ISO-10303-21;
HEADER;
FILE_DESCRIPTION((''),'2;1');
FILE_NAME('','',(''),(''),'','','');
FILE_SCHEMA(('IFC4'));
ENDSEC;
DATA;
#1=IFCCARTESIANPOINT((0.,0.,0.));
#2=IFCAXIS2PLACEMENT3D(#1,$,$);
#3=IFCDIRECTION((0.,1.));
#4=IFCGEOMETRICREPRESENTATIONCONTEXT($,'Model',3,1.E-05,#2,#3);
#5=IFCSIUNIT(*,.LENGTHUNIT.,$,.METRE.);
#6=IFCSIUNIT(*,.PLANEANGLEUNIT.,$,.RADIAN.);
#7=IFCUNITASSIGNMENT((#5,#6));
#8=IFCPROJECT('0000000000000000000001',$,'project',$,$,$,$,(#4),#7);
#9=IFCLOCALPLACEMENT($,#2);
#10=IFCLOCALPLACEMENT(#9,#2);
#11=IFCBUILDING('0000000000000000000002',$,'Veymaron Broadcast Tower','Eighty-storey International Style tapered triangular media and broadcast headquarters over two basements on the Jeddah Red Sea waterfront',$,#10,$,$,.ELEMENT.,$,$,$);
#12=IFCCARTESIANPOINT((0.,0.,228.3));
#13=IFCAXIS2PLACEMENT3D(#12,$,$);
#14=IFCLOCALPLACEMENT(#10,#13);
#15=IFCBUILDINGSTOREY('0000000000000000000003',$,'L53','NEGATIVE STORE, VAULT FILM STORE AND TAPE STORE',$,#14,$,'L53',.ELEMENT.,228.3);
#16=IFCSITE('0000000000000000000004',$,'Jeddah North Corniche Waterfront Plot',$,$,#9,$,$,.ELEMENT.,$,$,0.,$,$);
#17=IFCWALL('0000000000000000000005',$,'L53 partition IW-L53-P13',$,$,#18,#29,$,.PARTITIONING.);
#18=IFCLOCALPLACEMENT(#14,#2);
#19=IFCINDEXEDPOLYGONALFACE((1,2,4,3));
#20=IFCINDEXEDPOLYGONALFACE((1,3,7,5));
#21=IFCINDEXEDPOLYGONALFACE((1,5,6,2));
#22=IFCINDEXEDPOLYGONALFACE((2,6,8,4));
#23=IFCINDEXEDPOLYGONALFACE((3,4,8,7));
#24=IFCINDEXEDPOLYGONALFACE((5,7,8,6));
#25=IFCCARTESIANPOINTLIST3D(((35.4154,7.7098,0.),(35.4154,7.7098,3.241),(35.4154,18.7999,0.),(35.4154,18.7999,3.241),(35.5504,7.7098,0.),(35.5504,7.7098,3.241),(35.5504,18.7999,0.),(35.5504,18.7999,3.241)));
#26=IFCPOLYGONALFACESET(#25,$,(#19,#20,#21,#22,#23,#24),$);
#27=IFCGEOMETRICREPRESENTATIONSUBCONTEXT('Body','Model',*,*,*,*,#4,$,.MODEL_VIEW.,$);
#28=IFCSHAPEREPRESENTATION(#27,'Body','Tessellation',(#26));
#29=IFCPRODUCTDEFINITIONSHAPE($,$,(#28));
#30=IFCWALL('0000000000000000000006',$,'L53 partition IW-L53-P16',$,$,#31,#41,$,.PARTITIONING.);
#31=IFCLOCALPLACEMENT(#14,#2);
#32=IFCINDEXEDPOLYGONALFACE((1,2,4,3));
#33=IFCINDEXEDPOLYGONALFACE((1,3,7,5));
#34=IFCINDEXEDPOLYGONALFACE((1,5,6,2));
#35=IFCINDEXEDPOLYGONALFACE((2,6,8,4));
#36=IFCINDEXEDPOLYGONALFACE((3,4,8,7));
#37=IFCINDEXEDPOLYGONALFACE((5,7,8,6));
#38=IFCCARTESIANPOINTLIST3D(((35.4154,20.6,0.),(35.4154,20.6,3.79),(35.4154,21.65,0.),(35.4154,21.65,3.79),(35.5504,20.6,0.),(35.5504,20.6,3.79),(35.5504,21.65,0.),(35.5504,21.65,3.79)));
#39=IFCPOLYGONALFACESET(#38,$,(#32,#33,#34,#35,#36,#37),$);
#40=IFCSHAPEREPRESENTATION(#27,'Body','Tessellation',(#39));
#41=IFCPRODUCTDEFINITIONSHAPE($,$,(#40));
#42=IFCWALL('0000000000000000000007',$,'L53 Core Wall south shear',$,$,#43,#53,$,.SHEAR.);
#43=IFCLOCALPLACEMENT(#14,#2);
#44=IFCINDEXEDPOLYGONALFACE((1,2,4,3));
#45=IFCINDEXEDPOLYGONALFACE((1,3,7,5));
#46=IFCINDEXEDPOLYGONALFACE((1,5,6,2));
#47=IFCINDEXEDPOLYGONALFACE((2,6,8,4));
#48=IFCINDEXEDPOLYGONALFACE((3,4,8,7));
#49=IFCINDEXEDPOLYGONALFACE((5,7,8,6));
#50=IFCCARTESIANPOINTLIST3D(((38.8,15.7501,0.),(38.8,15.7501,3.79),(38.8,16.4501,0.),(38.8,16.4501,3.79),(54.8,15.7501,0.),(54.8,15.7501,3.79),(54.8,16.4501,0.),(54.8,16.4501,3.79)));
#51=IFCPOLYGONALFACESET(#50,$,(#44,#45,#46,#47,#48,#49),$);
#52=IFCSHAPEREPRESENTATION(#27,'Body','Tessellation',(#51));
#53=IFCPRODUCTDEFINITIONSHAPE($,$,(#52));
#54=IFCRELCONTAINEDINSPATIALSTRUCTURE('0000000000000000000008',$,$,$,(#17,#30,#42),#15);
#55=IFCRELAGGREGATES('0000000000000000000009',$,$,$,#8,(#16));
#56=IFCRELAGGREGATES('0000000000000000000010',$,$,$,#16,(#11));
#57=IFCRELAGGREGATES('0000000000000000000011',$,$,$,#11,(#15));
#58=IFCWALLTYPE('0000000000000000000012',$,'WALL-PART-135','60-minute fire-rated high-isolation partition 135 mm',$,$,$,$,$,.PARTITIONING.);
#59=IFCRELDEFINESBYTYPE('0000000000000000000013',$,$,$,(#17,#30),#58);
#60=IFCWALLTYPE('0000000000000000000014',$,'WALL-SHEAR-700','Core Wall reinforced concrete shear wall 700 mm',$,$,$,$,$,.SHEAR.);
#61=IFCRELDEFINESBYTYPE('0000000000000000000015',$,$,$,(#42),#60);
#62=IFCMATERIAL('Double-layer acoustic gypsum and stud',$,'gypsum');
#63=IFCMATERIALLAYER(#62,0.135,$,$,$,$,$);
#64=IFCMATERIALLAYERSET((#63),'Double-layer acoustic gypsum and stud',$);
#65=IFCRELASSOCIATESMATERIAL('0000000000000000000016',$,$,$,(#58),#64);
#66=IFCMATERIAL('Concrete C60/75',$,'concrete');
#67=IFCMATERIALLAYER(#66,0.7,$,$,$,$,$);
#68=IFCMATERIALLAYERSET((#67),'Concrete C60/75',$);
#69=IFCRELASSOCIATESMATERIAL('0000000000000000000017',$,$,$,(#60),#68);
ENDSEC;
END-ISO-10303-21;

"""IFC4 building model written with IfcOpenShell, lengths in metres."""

from ifc_helpers import new_model, si_unit, direction, frame, frame_2d, origin, place, context, subcontext, project, spatial, rectangle, extrude, material, layer, layer_set, type_object, element, save


model = new_model("IFC4")

# Units and contexts
model_context = context("Model", 3, precision=1e-05, world=origin(), true_north=direction((0.0, 1.0)))
body_context = subcontext(model_context, "Body", "Model", "MODEL_VIEW")
ifc_project = project(units=[si_unit("LENGTHUNIT", "METRE"), si_unit("PLANEANGLEUNIT", "RADIAN")], contexts=[model_context])

# Site, building, storey
site_placement = place(None, origin())
site = spatial("IfcSite", under=ifc_project, at=site_placement, Name="Jeddah North Corniche Waterfront Plot", CompositionType="ELEMENT", RefElevation=0.0)
building_placement = place(site_placement, origin())
building = spatial("IfcBuilding", under=site, at=building_placement, Name="Veymaron Broadcast Tower", Description="Eighty-storey International Style tapered triangular media and broadcast headquarters over two basements on the Jeddah Red Sea waterfront", CompositionType="ELEMENT")
storey_placement = place(building_placement, frame((0.0, 0.0, 228.3)))
storey = spatial("IfcBuildingStorey", under=building, at=storey_placement, Name="L53", Description="NEGATIVE STORE, VAULT FILM STORE AND TAPE STORE", LongName="L53", CompositionType="ELEMENT", Elevation=228.3)

# Walls
ifc_material_1 = material(Name="Double-layer acoustic gypsum and stud", Category="gypsum")
ifc_layer_1 = layer(ifc_material_1, 0.135)
ifc_layer_set_1 = layer_set([ifc_layer_1], Name="Double-layer acoustic gypsum and stud")
wall_type_1 = type_object("IfcWallType", Name="WALL-PART-135", Description="60-minute fire-rated high-isolation partition 135 mm", PredefinedType="PARTITIONING", material=ifc_layer_set_1)
wall_1_placement = place(storey_placement, frame((35.4829, 7.71, 0.0), z_axis=(0.0, 0.0, 1.0), x_axis=(0.0, 1.0, 0.0)))
element("IfcWall", 1, at=wall_1_placement, inside=storey, type_object=wall_type_1, Name="L53 partition IW-L53-P13", PredefinedType="PARTITIONING", context=body_context, shape_type="SweptSolid", body=[
    extrude(rectangle(XDim=11.0901, YDim=0.135, at=frame_2d((5.5449, 0.0))), origin(), (0.0, 0.0, 1.0), 3.241),
])
wall_2_placement = place(storey_placement, frame((35.4829, 20.6001, 0.0), z_axis=(0.0, 0.0, 1.0), x_axis=(0.0, 1.0, 0.0)))
element("IfcWall", 2, at=wall_2_placement, inside=storey, type_object=wall_type_1, Name="L53 partition IW-L53-P16", PredefinedType="PARTITIONING", context=body_context, shape_type="SweptSolid", body=[
    extrude(rectangle(XDim=1.05, YDim=0.135, at=frame_2d((0.5249, 0.0))), origin(), (0.0, 0.0, 1.0), 3.79),
])
ifc_material_2 = material(Name="Concrete C60/75", Category="concrete")
ifc_layer_2 = layer(ifc_material_2, 0.7)
ifc_layer_set_2 = layer_set([ifc_layer_2], Name="Concrete C60/75")
wall_type_2 = type_object("IfcWallType", Name="WALL-SHEAR-700", Description="Core Wall reinforced concrete shear wall 700 mm", PredefinedType="SHEAR", material=ifc_layer_set_2)
wall_3_placement = place(storey_placement, frame((38.8, 16.1001, 0.0), z_axis=(0.0, 0.0, 1.0), x_axis=(1.0, 0.0, 0.0)))
element("IfcWall", 3, at=wall_3_placement, inside=storey, type_object=wall_type_2, Name="L53 Core Wall south shear", PredefinedType="SHEAR", context=body_context, shape_type="SweptSolid", body=[
    extrude(rectangle(XDim=16.0, YDim=0.7, at=frame_2d((8.0, 0.0))), origin(), (0.0, 0.0, 1.0), 3.79),
])

save(model, "model.ifc")
